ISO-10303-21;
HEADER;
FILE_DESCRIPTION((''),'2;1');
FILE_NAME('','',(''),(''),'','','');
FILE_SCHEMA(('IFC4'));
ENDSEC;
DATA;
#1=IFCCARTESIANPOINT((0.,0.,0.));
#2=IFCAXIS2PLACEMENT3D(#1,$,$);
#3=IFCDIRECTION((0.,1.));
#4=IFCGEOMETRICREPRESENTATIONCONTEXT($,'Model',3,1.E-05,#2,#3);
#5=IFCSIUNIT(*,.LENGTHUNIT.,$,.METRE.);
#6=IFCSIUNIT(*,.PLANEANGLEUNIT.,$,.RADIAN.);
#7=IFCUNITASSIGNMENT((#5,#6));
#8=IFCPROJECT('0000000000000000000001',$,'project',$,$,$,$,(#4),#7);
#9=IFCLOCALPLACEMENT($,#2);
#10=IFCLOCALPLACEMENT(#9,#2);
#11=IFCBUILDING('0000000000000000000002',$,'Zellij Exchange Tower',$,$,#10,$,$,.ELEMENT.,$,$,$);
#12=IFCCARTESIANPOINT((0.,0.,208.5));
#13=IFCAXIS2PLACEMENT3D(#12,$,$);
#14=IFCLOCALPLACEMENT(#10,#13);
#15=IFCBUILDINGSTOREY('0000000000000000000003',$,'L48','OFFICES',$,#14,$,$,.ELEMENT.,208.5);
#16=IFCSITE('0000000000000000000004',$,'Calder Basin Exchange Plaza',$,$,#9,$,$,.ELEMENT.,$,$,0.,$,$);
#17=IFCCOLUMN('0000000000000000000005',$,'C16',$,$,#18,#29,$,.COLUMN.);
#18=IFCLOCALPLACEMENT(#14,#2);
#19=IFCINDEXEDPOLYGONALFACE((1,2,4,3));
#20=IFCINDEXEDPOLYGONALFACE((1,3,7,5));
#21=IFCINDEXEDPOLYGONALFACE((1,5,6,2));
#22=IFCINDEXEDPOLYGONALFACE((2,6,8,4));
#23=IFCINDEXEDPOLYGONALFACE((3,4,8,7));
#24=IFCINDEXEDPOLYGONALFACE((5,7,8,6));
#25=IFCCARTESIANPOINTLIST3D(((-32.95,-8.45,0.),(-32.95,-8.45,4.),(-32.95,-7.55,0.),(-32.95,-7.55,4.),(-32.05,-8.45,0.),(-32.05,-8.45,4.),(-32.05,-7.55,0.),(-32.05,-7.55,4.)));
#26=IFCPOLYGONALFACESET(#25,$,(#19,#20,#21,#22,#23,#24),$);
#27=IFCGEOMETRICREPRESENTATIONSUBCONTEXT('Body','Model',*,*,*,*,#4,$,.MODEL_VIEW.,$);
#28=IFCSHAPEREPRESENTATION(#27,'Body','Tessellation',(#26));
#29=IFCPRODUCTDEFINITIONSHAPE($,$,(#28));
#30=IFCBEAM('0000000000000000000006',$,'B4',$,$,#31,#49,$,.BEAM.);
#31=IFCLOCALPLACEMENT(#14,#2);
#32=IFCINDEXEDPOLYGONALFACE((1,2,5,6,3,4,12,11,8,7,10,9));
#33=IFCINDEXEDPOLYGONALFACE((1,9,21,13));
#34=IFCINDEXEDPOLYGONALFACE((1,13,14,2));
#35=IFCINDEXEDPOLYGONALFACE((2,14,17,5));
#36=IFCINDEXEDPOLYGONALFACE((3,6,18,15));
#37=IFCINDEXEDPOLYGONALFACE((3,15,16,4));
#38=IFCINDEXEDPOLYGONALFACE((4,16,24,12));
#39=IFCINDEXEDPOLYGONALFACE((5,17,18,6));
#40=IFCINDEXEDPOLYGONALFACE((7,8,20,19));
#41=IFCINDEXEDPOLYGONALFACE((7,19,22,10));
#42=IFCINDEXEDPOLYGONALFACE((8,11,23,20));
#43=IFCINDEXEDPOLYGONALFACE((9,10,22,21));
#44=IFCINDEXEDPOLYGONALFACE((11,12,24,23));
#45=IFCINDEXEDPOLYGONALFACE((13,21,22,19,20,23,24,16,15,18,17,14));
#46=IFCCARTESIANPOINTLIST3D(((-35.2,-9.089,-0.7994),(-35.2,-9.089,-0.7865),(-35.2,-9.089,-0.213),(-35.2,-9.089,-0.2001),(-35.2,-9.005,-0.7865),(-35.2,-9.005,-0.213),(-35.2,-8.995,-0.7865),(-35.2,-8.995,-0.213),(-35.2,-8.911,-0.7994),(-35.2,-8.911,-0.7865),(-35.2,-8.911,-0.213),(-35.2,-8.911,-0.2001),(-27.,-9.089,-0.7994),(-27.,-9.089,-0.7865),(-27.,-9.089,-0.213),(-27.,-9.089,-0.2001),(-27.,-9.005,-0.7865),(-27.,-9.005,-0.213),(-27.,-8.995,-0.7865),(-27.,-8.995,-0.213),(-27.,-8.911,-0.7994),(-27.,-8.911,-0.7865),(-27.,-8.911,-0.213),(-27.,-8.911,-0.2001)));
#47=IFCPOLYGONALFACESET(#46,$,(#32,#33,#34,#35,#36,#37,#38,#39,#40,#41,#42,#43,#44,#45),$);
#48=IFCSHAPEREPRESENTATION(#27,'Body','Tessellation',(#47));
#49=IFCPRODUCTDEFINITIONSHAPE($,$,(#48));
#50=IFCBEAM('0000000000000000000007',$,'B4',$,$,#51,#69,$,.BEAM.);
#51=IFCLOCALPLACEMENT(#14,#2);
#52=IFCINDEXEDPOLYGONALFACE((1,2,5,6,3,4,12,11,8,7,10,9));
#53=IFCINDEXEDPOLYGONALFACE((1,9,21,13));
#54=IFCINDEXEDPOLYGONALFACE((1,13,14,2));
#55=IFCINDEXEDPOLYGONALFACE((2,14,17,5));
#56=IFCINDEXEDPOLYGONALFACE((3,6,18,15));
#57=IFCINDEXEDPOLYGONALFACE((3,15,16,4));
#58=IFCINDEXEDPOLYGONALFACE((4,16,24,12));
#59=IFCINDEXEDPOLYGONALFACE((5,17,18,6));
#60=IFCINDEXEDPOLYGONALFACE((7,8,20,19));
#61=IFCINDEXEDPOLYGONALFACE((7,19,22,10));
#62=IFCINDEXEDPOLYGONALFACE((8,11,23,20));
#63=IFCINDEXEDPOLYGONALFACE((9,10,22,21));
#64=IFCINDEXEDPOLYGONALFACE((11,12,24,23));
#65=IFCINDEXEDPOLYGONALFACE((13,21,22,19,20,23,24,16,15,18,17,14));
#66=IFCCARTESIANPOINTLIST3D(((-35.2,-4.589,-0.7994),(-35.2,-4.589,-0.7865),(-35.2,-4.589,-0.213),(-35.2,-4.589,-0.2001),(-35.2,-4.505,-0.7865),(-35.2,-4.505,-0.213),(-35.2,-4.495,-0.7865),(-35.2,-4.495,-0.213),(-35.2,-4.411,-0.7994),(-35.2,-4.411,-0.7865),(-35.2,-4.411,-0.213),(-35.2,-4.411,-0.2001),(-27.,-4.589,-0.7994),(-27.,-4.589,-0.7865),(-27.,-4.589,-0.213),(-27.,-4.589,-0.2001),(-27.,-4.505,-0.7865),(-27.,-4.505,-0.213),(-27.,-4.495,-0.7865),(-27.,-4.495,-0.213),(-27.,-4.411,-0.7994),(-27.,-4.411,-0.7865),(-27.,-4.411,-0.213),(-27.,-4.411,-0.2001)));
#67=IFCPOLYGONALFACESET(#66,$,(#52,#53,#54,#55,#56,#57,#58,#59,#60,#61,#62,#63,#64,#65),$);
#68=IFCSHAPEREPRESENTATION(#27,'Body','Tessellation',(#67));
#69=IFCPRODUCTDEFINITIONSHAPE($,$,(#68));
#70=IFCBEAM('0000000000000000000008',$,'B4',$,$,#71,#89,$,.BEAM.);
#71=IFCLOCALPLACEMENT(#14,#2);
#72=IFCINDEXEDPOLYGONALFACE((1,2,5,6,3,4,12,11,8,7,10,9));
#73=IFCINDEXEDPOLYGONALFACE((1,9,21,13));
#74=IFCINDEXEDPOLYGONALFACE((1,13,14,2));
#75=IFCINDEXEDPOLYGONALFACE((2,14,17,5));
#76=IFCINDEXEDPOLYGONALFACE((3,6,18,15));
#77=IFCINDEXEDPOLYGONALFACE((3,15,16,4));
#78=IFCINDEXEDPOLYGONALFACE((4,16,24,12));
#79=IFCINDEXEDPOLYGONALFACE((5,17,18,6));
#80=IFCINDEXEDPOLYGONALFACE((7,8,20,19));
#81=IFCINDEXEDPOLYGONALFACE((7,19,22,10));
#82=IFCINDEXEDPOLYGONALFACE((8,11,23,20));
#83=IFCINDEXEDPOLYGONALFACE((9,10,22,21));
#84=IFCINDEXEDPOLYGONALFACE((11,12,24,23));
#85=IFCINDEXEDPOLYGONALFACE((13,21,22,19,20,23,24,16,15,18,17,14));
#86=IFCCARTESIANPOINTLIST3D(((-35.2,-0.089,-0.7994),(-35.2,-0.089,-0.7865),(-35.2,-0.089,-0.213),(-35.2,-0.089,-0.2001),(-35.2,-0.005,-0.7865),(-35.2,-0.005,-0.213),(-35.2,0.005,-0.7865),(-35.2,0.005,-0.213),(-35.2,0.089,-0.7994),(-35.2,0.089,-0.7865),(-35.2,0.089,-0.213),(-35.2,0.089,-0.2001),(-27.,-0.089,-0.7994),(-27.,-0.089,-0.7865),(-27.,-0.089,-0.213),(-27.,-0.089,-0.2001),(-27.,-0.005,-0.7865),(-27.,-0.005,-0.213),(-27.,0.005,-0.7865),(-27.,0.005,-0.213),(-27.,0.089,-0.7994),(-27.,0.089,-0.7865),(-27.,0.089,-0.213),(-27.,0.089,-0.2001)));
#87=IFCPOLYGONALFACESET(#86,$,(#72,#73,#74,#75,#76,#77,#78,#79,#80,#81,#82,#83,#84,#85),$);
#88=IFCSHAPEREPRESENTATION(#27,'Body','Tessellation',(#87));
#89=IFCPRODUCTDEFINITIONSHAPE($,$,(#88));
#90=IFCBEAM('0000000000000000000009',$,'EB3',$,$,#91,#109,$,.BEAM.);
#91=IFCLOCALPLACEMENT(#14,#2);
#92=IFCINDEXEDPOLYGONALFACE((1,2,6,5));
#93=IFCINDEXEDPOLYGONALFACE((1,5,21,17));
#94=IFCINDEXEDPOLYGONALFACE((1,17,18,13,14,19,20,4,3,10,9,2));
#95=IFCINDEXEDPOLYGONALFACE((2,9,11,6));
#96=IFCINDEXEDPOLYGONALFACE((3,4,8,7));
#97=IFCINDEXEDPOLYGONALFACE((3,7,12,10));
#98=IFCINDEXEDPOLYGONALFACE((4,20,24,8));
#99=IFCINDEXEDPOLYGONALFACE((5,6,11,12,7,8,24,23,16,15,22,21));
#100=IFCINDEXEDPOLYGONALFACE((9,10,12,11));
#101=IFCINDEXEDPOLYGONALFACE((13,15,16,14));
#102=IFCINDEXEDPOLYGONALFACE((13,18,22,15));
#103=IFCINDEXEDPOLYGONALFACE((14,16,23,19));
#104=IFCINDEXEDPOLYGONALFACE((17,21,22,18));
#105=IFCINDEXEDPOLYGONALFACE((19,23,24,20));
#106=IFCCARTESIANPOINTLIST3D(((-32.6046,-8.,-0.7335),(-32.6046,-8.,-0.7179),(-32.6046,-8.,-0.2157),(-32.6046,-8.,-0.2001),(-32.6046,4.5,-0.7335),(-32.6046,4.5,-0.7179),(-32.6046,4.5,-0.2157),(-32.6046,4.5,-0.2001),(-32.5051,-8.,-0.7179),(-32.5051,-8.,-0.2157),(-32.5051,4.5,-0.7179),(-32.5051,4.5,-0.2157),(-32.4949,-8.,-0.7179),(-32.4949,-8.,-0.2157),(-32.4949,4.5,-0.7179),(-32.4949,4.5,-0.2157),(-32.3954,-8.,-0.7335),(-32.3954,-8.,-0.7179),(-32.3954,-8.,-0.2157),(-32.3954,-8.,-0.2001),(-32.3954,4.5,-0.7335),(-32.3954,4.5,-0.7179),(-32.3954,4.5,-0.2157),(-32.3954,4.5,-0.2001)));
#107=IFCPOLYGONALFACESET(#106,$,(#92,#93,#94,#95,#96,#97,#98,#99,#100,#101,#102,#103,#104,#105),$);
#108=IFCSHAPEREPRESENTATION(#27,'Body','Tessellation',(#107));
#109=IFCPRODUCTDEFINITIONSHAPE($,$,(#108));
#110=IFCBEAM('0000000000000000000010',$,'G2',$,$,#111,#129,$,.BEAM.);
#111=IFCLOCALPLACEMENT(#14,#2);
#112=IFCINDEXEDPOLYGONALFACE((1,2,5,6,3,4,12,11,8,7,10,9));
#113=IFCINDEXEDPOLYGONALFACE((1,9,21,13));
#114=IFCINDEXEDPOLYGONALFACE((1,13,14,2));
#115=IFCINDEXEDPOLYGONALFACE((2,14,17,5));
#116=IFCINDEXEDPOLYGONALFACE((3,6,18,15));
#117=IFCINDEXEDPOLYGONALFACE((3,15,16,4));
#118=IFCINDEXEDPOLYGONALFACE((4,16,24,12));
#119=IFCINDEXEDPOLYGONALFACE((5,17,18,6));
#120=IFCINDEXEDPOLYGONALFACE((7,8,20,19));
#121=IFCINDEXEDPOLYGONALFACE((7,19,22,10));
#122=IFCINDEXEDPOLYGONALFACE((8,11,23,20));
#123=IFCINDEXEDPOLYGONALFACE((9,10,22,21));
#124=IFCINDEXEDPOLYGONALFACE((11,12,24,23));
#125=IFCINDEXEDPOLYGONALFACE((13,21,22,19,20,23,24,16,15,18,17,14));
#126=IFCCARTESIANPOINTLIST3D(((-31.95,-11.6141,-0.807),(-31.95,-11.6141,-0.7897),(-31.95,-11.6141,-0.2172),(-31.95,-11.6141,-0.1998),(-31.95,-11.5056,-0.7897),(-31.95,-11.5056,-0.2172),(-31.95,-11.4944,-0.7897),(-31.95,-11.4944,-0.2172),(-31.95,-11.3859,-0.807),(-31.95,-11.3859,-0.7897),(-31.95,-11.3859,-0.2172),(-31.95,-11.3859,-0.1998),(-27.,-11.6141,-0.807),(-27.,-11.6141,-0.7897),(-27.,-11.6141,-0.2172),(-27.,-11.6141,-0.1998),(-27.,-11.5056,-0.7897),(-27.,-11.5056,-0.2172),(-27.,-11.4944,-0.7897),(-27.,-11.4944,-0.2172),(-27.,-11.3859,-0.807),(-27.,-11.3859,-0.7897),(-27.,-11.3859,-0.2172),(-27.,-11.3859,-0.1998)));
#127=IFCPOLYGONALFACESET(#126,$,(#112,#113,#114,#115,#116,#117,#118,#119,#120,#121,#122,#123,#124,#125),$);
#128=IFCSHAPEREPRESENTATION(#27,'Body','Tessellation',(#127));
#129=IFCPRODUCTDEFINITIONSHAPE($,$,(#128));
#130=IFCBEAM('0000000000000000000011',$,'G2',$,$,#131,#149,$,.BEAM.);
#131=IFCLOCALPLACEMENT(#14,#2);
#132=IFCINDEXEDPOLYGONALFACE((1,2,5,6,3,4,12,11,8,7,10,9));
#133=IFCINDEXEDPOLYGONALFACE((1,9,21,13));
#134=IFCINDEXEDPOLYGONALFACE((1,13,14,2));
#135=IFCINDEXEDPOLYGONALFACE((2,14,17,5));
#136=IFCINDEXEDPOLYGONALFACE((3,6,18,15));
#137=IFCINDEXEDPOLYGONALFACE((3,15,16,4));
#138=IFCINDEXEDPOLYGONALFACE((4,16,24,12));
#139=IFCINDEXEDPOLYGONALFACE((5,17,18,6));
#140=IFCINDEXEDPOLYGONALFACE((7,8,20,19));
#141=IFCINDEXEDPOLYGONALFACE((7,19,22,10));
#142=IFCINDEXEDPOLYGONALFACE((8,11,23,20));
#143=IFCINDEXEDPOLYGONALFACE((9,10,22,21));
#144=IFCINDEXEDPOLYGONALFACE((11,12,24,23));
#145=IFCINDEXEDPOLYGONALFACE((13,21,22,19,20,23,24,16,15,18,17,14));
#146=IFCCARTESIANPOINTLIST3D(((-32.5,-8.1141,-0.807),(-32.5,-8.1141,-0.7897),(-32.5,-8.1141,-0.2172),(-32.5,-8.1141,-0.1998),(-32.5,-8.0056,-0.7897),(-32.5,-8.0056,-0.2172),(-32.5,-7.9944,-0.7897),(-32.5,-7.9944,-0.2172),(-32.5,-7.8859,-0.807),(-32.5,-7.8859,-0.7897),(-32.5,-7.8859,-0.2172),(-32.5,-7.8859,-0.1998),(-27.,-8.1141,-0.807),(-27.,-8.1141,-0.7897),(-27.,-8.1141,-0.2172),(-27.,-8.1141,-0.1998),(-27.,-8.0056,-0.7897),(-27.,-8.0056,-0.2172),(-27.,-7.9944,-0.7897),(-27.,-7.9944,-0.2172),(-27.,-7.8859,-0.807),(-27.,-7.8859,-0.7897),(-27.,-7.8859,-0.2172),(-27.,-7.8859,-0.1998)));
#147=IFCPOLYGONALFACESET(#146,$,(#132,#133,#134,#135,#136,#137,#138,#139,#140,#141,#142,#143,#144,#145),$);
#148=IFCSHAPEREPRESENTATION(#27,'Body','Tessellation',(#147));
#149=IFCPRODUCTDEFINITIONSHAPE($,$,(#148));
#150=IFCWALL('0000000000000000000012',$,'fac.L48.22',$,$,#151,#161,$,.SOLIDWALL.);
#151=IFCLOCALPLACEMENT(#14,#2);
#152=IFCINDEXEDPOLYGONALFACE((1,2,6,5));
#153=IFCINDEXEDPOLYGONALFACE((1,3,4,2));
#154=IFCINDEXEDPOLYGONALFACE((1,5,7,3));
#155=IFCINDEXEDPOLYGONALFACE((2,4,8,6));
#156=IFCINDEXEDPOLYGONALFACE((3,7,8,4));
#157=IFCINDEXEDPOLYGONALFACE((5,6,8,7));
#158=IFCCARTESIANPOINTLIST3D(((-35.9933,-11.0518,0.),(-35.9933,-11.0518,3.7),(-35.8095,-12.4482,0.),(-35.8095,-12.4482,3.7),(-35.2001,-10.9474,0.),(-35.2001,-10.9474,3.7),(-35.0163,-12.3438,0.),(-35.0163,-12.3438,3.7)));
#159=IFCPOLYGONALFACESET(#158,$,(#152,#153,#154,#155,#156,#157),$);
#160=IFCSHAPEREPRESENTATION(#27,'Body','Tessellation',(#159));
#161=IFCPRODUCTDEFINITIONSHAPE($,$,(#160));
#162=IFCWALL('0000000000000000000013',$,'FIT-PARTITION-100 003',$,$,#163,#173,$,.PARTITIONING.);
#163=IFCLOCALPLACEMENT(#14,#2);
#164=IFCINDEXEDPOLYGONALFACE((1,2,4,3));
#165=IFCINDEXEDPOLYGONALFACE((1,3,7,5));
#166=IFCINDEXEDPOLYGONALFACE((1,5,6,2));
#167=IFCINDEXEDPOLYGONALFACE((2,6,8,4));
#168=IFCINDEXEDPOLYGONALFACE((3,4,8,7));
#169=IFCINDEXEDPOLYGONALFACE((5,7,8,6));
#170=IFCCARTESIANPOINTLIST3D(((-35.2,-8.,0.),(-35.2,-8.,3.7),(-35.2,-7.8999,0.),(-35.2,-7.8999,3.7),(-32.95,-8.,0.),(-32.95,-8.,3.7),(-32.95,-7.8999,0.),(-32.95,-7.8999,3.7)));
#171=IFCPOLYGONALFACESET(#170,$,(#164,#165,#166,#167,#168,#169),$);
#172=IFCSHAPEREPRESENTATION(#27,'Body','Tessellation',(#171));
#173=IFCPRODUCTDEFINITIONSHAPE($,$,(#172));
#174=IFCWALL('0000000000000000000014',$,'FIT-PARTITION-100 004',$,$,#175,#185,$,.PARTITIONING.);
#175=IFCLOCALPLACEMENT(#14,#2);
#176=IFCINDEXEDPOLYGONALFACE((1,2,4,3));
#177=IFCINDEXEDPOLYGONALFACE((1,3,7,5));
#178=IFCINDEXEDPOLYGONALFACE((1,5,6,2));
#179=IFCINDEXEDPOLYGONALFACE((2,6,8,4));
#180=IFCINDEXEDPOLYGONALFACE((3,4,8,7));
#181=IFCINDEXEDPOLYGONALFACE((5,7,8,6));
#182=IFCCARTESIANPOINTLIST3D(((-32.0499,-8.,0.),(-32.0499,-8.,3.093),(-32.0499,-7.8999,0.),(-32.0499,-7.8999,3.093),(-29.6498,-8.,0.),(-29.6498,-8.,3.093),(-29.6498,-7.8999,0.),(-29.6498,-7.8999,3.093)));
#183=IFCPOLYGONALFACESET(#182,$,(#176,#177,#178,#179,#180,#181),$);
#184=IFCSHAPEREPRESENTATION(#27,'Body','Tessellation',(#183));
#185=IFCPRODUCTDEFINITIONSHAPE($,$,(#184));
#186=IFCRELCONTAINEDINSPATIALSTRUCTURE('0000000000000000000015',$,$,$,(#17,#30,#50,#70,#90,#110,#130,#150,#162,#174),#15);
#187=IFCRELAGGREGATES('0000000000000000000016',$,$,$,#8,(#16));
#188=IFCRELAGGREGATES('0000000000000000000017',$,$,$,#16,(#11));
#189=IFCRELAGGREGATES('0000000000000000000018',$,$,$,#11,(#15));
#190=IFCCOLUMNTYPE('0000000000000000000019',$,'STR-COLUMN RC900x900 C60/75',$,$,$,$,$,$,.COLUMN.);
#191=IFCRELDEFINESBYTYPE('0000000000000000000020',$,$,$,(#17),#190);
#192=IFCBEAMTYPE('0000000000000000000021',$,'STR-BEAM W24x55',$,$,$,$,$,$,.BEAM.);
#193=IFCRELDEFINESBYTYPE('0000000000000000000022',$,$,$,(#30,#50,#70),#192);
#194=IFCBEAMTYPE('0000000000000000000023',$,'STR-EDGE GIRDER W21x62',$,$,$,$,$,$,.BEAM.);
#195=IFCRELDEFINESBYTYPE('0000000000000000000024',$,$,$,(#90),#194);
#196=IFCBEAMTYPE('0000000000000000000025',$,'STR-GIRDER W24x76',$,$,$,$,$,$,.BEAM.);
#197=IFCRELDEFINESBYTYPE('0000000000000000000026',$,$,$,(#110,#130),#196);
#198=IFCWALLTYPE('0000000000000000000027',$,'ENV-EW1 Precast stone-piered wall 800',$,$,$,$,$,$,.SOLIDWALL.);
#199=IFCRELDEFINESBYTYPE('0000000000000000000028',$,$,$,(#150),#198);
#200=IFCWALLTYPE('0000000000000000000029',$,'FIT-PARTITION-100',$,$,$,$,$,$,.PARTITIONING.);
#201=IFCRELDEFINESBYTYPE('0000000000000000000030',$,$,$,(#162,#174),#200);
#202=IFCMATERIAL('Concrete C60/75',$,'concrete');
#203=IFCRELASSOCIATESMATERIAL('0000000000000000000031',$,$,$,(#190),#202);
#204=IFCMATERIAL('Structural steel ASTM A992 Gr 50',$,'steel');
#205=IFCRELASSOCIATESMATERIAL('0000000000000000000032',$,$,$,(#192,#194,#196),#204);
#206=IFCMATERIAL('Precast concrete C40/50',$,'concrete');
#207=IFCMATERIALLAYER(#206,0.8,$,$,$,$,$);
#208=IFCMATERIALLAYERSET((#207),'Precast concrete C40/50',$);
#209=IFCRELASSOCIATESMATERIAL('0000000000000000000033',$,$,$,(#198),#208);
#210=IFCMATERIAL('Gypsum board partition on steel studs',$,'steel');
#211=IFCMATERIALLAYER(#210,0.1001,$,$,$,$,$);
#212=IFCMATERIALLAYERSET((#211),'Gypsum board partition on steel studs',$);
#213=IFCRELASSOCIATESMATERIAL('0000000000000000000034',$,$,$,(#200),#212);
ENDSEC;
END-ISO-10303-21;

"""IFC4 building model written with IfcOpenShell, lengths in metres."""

from ifc_helpers import new_model, si_unit, direction, frame, frame_2d, origin, origin_2d, place, context, subcontext, project, spatial, rectangle, i_section, extrude, material, layer, layer_set, material_profile, profile_set, type_object, element, save


model = new_model("IFC4")

# Units and contexts
model_context = context("Model", 3, precision=1e-05, world=origin(), true_north=direction((0.0, 1.0)))
body_context = subcontext(model_context, "Body", "Model", "MODEL_VIEW")
ifc_project = project(units=[si_unit("LENGTHUNIT", "METRE"), si_unit("PLANEANGLEUNIT", "RADIAN")], contexts=[model_context])

# Site, building, storey
site_placement = place(None, origin())
site = spatial("IfcSite", under=ifc_project, at=site_placement, Name="Calder Basin Exchange Plaza", CompositionType="ELEMENT", RefElevation=0.0)
building_placement = place(site_placement, origin())
building = spatial("IfcBuilding", under=site, at=building_placement, Name="Zellij Exchange Tower", CompositionType="ELEMENT")
storey_placement = place(building_placement, frame((0.0, 0.0, 208.5)))
storey = spatial("IfcBuildingStorey", under=building, at=storey_placement, Name="L48", Description="OFFICES", CompositionType="ELEMENT", Elevation=208.5)

# Column
ifc_material_1 = material(Name="Concrete C60/75", Category="concrete")
ifc_material_profile_1 = material_profile(ifc_material_1, rectangle(XDim=0.8999, YDim=0.8999, at=origin_2d()), Name="STR-COLUMN RC900x900 C60/75")
ifc_profile_set_1 = profile_set([ifc_material_profile_1], Name="Concrete C60/75")
column_type = type_object("IfcColumnType", Name="STR-COLUMN RC900x900 C60/75", PredefinedType="COLUMN", material=ifc_profile_set_1)
column_placement = place(storey_placement, frame((-32.5, -8.0, 0.0), z_axis=(0.0, 0.0, 1.0), x_axis=(1.0, 0.0, 0.0)))
element("IfcColumn", 1, at=column_placement, inside=storey, type_object=column_type, Name="C16", PredefinedType="COLUMN", context=body_context, shape_type="SweptSolid", body=[
    extrude(rectangle(XDim=0.8999, YDim=0.8999, at=origin_2d()), origin(), (0.0, 0.0, 1.0), 4.0),
])

# Beams
ifc_material_2 = material(Name="Structural steel ASTM A992 Gr 50", Category="steel")
ifc_material_profile_2 = material_profile(ifc_material_2, i_section(OverallWidth=0.178, OverallDepth=0.5994, WebThickness=0.01, FlangeThickness=0.0129, at=origin_2d()), Name="W24x55")
ifc_profile_set_2 = profile_set([ifc_material_profile_2], Name="Structural steel ASTM A992 Gr 50")
beam_type_1 = type_object("IfcBeamType", Name="STR-BEAM W24x55", PredefinedType="BEAM", material=ifc_profile_set_2)
for number, where, z_axis, x_axis, name in (
    (2, (-35.2, -9.0, -0.4998), (1.0, 0.0, 0.0), (0.0, 1.0, 0.0), "B4"),
    (3, (-35.2, -4.5, -0.4998), (1.0, 0.0, 0.0), (0.0, 1.0, 0.0), "B4"),
    (4, (-35.2, 0.0, -0.4998), (1.0, 0.0, 0.0), (0.0, 1.0, 0.0), "B4"),
):
    element("IfcBeam", number, at=place(storey_placement, frame(where, z_axis=z_axis, x_axis=x_axis)), inside=storey, type_object=beam_type_1, Name=name, PredefinedType="BEAM", context=body_context, shape_type="SweptSolid", body=[
        extrude(i_section(OverallWidth=0.178, OverallDepth=0.5994, WebThickness=0.01, FlangeThickness=0.0129, at=origin_2d()), origin(), (0.0, 0.0, 1.0), 8.2),
    ])
ifc_material_profile_3 = material_profile(ifc_material_2, i_section(OverallWidth=0.2092, OverallDepth=0.5334, WebThickness=0.0103, FlangeThickness=0.0156, at=origin_2d()), Name="W21x62")
ifc_profile_set_3 = profile_set([ifc_material_profile_3], Name="Structural steel ASTM A992 Gr 50")
beam_type_2 = type_object("IfcBeamType", Name="STR-EDGE GIRDER W21x62", PredefinedType="BEAM", material=ifc_profile_set_3)
beam_1_placement = place(storey_placement, frame((-32.5, -8.0, -0.4668), z_axis=(0.0, 1.0, 0.0), x_axis=(-1.0, 0.0, 0.0)))
element("IfcBeam", 5, at=beam_1_placement, inside=storey, type_object=beam_type_2, Name="EB3", PredefinedType="BEAM", context=body_context, shape_type="SweptSolid", body=[
    extrude(i_section(OverallWidth=0.2092, OverallDepth=0.5334, WebThickness=0.0103, FlangeThickness=0.0156, at=origin_2d()), origin(), (0.0, 0.0, 1.0), 12.5),
])
ifc_material_profile_4 = material_profile(ifc_material_2, i_section(OverallWidth=0.2283, OverallDepth=0.6072, WebThickness=0.0112, FlangeThickness=0.0173, at=origin_2d()), Name="W24x76")
ifc_profile_set_4 = profile_set([ifc_material_profile_4], Name="Structural steel ASTM A992 Gr 50")
beam_type_3 = type_object("IfcBeamType", Name="STR-GIRDER W24x76", PredefinedType="BEAM", material=ifc_profile_set_4)
beam_2_placement = place(storey_placement, frame((-31.95, -11.5, -0.5034), z_axis=(1.0, 0.0, 0.0), x_axis=(0.0, 1.0, 0.0)))
element("IfcBeam", 6, at=beam_2_placement, inside=storey, type_object=beam_type_3, Name="G2", PredefinedType="BEAM", context=body_context, shape_type="SweptSolid", body=[
    extrude(i_section(OverallWidth=0.2283, OverallDepth=0.6072, WebThickness=0.0112, FlangeThickness=0.0173, at=origin_2d()), origin(), (0.0, 0.0, 1.0), 4.95),
])
beam_3_placement = place(storey_placement, frame((-32.5, -8.0, -0.5034), z_axis=(1.0, 0.0, 0.0), x_axis=(0.0, 1.0, 0.0)))
element("IfcBeam", 7, at=beam_3_placement, inside=storey, type_object=beam_type_3, Name="G2", PredefinedType="BEAM", context=body_context, shape_type="SweptSolid", body=[
    extrude(i_section(OverallWidth=0.2283, OverallDepth=0.6072, WebThickness=0.0112, FlangeThickness=0.0173, at=origin_2d()), origin(), (0.0, 0.0, 1.0), 5.5),
])

# Walls
ifc_material_3 = material(Name="Precast concrete C40/50", Category="concrete")
ifc_layer_1 = layer(ifc_material_3, 0.8)
ifc_layer_set_1 = layer_set([ifc_layer_1], Name="Precast concrete C40/50")
wall_type_1 = type_object("IfcWallType", Name="ENV-EW1 Precast stone-piered wall 800", PredefinedType="SOLIDWALL", material=ifc_layer_set_1)
wall_1_placement = place(storey_placement, frame((-35.5967, -10.9998, 0.0), z_axis=(0.0, 0.0, 1.0), x_axis=(0.130517, -0.991446, 0.0)))
element("IfcWall", 8, at=wall_1_placement, inside=storey, type_object=wall_type_1, Name="fac.L48.22", PredefinedType="SOLIDWALL", context=body_context, shape_type="SweptSolid", body=[
    extrude(rectangle(XDim=1.4084, YDim=0.8, at=frame_2d((0.7041, 0.0))), origin(), (0.0, 0.0, 1.0), 3.7),
])
ifc_material_4 = material(Name="Gypsum board partition on steel studs", Category="steel")
ifc_layer_2 = layer(ifc_material_4, 0.1001)
ifc_layer_set_2 = layer_set([ifc_layer_2], Name="Gypsum board partition on steel studs")
wall_type_2 = type_object("IfcWallType", Name="FIT-PARTITION-100", PredefinedType="PARTITIONING", material=ifc_layer_set_2)
wall_2_placement = place(storey_placement, frame((-35.2, -7.95, 0.0), z_axis=(0.0, 0.0, 1.0), x_axis=(1.0, 0.0, 0.0)))
element("IfcWall", 9, at=wall_2_placement, inside=storey, type_object=wall_type_2, Name="FIT-PARTITION-100 003", PredefinedType="PARTITIONING", context=body_context, shape_type="SweptSolid", body=[
    extrude(rectangle(XDim=2.25, YDim=0.1001, at=frame_2d((1.125, 0.0))), origin(), (0.0, 0.0, 1.0), 3.7),
])
wall_3_placement = place(storey_placement, frame((-32.05, -7.95, 0.0), z_axis=(0.0, 0.0, 1.0), x_axis=(1.0, 0.0, 0.0)))
element("IfcWall", 10, at=wall_3_placement, inside=storey, type_object=wall_type_2, Name="FIT-PARTITION-100 004", PredefinedType="PARTITIONING", context=body_context, shape_type="SweptSolid", body=[
    extrude(rectangle(XDim=2.4001, YDim=0.1001, at=frame_2d((1.2002, 0.0))), origin(), (0.0, 0.0, 1.0), 3.093),
])

save(model, "model.ifc")
